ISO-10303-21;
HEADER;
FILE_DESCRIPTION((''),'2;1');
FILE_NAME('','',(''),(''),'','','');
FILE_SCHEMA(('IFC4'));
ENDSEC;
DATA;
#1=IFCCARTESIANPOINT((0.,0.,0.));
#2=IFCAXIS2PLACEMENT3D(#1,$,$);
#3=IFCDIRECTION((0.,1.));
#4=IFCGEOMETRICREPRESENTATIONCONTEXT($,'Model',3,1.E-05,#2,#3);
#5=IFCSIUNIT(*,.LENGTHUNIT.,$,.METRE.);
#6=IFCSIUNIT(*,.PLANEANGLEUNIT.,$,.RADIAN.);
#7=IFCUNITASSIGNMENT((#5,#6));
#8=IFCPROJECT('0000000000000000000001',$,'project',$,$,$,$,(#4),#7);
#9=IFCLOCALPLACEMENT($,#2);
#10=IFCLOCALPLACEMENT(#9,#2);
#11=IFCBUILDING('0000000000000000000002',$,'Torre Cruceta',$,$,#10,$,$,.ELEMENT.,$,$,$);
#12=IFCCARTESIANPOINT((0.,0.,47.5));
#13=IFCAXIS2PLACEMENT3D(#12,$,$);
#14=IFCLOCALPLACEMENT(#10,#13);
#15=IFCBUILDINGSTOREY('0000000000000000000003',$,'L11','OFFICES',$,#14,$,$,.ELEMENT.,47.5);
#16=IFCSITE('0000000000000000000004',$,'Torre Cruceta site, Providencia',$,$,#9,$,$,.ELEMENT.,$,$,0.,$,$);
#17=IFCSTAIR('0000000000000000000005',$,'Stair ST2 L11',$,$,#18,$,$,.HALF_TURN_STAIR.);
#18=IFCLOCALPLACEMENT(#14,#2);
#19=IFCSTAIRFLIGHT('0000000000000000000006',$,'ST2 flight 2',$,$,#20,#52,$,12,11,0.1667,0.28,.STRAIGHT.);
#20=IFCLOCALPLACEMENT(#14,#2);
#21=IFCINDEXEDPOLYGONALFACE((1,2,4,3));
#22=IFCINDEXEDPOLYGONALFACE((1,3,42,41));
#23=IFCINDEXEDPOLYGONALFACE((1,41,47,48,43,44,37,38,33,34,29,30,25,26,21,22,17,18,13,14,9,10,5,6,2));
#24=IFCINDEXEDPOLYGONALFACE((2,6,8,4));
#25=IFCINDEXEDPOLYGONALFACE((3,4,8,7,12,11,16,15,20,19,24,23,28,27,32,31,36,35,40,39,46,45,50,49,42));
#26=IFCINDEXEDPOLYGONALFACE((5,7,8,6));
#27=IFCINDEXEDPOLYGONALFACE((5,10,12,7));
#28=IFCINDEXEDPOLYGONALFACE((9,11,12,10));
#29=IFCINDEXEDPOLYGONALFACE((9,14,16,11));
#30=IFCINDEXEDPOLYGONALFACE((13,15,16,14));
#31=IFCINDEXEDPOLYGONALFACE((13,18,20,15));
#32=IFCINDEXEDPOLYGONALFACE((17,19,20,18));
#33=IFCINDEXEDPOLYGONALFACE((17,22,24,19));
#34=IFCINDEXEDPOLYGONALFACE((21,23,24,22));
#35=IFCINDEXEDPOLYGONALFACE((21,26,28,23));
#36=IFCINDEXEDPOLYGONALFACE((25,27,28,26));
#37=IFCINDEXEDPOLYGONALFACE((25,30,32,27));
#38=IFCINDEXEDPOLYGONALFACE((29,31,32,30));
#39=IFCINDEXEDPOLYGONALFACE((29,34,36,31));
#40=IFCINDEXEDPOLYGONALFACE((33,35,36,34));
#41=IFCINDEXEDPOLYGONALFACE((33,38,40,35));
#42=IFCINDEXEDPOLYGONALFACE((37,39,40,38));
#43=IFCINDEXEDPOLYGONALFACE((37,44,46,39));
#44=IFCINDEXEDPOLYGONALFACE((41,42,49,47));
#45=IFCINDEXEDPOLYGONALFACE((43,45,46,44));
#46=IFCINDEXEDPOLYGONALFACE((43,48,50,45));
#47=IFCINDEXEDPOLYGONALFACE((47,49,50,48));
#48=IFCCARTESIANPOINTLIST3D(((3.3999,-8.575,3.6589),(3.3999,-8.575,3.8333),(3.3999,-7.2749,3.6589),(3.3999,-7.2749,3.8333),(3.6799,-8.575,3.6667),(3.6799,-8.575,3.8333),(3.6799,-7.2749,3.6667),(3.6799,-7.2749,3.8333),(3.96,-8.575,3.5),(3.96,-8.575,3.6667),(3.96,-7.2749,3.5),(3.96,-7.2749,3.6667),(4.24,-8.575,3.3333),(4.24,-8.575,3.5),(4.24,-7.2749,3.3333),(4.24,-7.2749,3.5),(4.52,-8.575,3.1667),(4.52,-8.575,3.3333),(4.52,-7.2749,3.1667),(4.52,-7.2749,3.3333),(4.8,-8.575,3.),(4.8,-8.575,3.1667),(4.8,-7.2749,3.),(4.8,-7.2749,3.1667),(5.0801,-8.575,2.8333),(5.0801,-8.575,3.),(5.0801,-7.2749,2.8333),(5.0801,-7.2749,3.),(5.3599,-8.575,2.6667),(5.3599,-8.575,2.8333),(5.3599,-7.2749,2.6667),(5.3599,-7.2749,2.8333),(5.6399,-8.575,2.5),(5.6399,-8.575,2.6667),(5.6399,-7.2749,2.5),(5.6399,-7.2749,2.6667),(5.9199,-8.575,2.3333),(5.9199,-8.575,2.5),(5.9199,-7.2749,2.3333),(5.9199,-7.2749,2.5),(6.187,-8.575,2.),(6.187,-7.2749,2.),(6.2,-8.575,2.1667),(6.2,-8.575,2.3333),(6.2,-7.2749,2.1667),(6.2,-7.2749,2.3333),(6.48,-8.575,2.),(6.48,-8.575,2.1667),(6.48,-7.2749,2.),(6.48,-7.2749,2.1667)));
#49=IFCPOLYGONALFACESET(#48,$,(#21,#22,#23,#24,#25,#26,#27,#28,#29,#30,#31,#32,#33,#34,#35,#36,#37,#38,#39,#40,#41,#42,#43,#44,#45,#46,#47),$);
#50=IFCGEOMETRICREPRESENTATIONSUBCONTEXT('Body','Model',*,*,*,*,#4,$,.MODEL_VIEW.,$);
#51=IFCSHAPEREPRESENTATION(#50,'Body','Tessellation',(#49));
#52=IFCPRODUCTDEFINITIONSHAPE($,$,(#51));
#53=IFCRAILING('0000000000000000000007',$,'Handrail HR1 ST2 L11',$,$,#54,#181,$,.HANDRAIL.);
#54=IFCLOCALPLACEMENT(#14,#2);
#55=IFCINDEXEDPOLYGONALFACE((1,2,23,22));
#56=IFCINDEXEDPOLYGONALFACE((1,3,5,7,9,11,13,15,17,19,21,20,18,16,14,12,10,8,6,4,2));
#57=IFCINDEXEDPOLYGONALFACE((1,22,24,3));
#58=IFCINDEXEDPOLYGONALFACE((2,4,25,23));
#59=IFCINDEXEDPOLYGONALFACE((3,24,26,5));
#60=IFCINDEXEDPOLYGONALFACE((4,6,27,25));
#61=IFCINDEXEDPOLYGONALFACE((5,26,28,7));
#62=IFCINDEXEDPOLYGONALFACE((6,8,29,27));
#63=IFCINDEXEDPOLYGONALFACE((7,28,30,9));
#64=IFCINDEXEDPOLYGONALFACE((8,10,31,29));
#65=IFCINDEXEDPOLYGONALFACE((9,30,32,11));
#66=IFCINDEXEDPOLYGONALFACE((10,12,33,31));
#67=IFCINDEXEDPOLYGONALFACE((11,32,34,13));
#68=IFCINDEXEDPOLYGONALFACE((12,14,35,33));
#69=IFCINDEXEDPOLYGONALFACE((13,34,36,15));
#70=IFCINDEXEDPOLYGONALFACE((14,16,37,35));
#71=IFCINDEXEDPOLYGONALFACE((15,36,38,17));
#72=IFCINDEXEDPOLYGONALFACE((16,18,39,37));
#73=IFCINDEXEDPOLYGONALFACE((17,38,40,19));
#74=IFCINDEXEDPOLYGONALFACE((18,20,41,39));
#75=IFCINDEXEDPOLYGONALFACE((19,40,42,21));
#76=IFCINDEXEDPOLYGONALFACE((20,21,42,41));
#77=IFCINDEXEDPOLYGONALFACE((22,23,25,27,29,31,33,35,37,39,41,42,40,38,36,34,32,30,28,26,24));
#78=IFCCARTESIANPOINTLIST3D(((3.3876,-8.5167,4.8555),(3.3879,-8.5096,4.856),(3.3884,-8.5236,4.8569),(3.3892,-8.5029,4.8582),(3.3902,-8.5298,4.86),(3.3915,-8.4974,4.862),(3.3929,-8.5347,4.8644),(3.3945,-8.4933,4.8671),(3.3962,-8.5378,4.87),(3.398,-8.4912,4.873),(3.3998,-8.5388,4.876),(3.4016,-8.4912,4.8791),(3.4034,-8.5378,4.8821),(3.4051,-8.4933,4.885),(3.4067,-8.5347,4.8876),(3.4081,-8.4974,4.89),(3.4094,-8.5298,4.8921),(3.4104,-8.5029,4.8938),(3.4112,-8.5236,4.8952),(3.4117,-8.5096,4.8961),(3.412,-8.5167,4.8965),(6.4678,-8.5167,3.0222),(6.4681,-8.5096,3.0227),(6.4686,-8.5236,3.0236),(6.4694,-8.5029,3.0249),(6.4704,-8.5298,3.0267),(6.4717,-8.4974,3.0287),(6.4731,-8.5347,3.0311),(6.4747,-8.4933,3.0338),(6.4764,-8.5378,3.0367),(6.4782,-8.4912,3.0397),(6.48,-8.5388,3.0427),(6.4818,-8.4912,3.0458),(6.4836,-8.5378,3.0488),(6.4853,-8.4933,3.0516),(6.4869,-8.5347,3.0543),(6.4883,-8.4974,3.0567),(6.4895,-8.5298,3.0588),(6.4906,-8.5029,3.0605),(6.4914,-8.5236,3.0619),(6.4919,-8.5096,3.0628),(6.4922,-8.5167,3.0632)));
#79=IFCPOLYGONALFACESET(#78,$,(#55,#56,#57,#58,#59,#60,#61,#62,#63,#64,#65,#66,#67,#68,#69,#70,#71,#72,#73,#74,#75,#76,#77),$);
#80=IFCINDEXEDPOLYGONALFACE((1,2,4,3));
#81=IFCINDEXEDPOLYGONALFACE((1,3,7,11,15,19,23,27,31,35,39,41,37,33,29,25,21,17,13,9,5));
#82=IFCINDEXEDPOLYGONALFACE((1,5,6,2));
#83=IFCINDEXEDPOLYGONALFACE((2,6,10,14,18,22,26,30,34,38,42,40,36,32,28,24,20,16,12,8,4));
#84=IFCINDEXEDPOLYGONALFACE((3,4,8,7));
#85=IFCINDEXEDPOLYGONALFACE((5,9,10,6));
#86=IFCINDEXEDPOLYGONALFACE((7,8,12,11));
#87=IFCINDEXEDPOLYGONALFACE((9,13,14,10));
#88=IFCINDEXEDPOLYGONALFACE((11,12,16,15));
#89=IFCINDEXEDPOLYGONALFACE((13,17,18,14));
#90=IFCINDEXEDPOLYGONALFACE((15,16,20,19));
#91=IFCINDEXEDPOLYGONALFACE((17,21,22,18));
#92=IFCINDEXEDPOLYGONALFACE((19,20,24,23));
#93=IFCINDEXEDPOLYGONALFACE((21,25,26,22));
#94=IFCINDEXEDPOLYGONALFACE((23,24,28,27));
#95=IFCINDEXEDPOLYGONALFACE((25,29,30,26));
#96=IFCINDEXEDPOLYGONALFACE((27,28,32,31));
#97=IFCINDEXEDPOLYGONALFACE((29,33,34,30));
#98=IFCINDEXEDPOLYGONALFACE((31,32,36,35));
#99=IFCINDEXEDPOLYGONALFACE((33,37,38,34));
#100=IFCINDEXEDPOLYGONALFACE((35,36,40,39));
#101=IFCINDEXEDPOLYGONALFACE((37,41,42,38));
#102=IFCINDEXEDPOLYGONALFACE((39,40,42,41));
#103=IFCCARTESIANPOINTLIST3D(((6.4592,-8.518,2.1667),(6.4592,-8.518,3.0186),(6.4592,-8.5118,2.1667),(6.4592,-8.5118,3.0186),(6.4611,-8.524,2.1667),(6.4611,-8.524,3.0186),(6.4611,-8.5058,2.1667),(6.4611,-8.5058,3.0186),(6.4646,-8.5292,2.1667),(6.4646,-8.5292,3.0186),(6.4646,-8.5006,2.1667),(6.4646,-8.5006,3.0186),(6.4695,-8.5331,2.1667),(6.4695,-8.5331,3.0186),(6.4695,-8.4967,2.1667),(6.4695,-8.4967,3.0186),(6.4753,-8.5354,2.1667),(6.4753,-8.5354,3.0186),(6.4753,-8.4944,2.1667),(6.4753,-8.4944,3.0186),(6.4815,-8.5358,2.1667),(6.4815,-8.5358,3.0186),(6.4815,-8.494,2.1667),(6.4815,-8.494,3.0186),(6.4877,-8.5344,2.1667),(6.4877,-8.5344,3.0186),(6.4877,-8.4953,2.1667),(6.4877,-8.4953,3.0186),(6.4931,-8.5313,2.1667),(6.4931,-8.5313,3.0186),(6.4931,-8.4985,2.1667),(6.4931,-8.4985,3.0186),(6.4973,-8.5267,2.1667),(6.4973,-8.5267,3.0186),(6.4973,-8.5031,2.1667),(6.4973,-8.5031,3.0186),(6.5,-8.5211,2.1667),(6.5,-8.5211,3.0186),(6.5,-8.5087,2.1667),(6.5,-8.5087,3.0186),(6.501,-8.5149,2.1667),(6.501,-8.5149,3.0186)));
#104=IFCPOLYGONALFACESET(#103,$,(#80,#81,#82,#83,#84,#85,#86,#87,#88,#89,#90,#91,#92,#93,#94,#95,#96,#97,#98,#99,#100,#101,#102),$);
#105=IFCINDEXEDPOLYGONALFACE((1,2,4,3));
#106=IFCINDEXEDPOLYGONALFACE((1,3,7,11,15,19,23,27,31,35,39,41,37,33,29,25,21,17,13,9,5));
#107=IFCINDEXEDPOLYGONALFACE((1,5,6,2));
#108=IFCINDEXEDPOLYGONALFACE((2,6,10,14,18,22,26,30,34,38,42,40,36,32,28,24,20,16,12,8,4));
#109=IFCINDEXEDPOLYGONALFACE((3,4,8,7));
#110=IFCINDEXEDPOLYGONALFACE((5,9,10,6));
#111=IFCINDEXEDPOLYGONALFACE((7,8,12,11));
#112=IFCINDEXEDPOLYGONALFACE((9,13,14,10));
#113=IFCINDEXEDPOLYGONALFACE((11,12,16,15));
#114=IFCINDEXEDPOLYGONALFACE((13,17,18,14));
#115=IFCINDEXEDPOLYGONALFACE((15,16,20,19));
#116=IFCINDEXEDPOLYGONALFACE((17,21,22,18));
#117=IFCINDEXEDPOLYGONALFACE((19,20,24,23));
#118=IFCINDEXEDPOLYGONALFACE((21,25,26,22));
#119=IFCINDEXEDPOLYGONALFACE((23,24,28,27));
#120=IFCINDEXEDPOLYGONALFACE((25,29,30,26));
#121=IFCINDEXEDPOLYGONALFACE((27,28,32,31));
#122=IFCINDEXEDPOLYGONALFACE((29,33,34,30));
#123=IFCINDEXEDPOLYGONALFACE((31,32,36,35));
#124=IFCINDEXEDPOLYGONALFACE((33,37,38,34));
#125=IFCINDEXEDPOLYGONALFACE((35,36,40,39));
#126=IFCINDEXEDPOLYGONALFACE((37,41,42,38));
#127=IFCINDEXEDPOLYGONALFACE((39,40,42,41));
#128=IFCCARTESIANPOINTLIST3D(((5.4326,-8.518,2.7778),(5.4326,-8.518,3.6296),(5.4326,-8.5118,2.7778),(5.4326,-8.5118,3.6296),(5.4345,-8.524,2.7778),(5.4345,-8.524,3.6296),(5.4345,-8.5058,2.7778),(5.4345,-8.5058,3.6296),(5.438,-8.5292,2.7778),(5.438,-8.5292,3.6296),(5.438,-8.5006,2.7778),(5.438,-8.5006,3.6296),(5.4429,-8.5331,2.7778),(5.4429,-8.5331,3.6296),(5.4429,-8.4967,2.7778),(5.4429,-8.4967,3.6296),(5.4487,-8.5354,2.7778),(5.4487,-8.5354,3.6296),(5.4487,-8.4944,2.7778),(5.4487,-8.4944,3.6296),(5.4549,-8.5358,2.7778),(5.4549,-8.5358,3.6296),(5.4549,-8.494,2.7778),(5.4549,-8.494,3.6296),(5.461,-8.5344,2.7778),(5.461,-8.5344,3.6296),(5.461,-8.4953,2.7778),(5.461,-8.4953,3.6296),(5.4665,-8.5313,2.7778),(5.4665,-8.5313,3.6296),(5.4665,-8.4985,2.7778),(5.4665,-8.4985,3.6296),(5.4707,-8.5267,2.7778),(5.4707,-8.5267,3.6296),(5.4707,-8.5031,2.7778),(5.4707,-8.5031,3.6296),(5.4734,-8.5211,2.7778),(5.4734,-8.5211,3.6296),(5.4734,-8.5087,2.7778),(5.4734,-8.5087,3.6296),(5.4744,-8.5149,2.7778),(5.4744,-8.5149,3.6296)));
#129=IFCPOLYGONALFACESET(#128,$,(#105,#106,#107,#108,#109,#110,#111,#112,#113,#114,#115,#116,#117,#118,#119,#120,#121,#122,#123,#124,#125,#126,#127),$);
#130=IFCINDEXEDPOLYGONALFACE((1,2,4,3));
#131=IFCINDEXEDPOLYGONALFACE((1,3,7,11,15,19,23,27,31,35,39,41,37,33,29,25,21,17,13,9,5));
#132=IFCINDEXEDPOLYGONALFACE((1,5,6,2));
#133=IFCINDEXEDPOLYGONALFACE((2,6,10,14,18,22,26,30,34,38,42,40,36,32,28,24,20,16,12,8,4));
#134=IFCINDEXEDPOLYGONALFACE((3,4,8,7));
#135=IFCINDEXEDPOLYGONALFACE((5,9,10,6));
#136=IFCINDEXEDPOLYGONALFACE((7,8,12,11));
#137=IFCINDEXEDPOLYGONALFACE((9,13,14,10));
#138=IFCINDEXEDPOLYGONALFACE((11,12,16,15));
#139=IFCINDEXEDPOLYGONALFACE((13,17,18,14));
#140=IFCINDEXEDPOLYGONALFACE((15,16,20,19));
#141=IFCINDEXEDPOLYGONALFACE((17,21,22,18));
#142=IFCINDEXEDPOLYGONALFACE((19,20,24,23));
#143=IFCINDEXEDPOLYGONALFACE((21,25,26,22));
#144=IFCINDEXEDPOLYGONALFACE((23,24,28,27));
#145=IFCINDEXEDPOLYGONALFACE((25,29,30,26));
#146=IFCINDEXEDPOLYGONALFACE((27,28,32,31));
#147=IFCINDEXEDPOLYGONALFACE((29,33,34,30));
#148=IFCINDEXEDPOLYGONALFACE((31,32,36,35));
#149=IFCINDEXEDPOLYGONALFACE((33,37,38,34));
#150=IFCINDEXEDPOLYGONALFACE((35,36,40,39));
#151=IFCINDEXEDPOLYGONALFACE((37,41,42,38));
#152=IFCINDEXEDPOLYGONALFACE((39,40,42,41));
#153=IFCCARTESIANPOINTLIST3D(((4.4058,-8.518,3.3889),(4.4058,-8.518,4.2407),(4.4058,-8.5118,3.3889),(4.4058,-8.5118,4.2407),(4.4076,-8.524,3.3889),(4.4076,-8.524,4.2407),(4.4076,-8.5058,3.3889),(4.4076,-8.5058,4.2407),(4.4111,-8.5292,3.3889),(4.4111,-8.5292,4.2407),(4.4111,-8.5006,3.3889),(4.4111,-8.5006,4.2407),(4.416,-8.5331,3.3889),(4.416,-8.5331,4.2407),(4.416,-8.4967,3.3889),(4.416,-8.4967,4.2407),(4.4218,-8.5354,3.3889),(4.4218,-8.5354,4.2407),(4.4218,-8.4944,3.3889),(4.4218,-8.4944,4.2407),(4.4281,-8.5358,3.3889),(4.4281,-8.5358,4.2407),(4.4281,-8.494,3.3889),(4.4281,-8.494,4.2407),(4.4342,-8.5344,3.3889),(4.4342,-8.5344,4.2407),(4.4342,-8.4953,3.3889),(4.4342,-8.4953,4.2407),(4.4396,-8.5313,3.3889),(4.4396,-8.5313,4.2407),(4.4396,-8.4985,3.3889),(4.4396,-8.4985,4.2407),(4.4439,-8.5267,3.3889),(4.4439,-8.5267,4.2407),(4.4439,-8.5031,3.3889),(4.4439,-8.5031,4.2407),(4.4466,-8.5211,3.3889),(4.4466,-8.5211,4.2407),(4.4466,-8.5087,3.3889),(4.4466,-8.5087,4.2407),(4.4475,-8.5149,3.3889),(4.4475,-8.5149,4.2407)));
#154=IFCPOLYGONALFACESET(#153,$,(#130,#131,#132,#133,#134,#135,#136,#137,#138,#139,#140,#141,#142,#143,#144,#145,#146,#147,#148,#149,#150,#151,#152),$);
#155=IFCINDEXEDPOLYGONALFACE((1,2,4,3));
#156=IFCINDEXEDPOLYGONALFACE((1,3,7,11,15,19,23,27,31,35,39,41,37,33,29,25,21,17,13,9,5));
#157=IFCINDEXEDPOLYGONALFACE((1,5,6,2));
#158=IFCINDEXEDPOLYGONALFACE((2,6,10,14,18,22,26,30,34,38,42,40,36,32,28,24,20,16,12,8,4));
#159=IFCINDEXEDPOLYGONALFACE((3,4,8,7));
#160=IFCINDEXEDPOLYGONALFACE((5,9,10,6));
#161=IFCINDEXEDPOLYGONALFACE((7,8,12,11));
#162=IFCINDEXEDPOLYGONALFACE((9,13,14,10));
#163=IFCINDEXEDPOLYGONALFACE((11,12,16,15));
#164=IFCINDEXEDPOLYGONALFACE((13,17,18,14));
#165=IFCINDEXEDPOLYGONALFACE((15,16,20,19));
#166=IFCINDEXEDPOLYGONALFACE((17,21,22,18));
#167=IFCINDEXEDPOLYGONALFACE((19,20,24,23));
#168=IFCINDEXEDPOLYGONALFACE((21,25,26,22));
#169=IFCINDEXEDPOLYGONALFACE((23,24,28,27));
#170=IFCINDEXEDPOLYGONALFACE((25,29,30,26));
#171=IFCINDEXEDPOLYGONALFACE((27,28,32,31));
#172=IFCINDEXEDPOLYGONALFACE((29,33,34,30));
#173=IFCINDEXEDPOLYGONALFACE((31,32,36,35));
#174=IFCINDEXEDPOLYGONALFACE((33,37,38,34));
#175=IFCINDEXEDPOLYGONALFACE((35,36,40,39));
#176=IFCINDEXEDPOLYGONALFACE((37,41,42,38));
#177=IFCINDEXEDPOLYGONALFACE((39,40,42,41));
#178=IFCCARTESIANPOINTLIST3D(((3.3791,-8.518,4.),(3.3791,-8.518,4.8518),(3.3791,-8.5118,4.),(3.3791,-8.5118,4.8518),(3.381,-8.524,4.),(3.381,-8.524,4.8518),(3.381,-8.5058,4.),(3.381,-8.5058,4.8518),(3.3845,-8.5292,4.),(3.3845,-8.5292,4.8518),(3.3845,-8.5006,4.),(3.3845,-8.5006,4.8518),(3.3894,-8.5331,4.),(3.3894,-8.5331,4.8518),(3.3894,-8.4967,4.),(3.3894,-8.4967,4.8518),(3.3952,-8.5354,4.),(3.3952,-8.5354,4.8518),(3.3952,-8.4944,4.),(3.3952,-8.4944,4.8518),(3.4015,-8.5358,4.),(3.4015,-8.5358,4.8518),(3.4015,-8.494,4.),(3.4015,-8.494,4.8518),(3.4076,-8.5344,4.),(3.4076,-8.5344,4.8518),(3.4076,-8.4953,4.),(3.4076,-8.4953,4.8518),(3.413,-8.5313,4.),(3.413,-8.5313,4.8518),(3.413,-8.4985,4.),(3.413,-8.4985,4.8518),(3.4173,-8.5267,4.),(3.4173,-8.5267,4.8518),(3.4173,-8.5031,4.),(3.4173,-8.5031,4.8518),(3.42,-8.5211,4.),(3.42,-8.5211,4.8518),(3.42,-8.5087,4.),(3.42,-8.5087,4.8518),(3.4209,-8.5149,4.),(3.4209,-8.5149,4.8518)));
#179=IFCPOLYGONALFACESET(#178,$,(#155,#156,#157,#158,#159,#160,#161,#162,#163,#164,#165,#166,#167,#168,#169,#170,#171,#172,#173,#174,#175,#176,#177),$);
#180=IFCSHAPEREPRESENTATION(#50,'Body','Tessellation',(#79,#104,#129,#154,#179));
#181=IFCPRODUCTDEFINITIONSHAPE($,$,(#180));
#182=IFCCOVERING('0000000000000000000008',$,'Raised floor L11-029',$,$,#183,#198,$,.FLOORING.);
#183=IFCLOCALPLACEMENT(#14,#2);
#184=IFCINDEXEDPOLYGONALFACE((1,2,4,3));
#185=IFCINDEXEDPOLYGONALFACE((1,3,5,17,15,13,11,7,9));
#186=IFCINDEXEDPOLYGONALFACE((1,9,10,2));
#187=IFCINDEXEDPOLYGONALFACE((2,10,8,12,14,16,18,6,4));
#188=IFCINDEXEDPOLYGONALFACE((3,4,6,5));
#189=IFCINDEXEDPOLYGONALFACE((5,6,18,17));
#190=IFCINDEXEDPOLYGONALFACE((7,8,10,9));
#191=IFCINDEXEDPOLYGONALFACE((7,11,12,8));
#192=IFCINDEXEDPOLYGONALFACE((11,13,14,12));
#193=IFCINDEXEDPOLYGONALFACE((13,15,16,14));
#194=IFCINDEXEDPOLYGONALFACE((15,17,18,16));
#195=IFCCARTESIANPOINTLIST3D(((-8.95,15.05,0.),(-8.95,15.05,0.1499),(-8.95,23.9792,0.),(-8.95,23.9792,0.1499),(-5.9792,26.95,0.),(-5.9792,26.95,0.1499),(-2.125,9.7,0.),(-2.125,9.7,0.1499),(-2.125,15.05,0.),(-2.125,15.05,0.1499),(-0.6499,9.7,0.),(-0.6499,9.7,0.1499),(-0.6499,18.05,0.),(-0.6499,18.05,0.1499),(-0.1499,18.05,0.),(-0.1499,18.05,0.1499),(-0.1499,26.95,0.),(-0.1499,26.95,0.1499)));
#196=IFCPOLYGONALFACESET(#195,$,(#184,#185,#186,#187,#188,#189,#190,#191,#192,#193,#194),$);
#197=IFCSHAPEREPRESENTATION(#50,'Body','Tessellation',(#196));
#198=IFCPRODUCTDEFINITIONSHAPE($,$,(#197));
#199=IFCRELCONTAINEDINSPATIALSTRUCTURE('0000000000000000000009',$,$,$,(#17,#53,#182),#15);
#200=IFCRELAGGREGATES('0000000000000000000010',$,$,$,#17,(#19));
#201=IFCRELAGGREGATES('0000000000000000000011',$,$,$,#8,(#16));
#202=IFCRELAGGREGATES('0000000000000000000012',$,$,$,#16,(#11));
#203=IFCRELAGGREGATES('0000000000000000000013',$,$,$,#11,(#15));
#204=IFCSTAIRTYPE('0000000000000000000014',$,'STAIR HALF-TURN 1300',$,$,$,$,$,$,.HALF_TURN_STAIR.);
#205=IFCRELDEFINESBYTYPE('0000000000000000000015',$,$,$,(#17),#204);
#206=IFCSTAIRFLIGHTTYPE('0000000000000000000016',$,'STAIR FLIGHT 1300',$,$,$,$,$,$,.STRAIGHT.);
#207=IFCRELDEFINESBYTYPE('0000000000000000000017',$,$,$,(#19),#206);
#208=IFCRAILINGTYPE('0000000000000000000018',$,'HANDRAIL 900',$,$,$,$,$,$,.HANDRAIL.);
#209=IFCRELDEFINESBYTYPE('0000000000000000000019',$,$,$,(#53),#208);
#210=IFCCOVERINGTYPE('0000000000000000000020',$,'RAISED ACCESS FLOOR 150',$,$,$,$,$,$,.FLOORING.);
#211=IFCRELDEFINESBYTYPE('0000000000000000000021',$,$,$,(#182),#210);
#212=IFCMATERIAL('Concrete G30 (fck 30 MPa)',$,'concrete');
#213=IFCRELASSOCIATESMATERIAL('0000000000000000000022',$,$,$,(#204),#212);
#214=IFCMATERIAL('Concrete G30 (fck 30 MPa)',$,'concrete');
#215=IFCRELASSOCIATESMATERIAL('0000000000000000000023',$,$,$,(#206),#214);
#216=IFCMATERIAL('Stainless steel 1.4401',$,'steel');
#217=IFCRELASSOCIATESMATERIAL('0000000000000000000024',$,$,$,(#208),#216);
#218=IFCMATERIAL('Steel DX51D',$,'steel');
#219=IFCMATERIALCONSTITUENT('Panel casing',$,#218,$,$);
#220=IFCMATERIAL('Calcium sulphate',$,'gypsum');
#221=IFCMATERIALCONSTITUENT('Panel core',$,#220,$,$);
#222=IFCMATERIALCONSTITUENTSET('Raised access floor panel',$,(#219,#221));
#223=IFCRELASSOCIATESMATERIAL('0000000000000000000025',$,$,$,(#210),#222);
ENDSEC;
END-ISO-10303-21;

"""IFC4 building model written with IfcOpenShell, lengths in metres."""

from ifc_helpers import new_model, si_unit, direction, frame, origin, origin_2d, place, context, subcontext, project, spatial, polyline, circle, outline, extrude, material, constituent, constituent_set, type_object, element, aggregate, save


model = new_model("IFC4")

# Units and contexts
model_context = context("Model", 3, precision=1e-05, world=origin(), true_north=direction((0.0, 1.0)))
body_context = subcontext(model_context, "Body", "Model", "MODEL_VIEW")
ifc_project = project(units=[si_unit("LENGTHUNIT", "METRE"), si_unit("PLANEANGLEUNIT", "RADIAN")], contexts=[model_context])

# Site, building, storey
site_placement = place(None, origin())
site = spatial("IfcSite", under=ifc_project, at=site_placement, Name="Torre Cruceta site, Providencia", CompositionType="ELEMENT", RefElevation=0.0)
building_placement = place(site_placement, origin())
building = spatial("IfcBuilding", under=site, at=building_placement, Name="Torre Cruceta", CompositionType="ELEMENT")
storey_placement = place(building_placement, frame((0.0, 0.0, 47.5)))
storey = spatial("IfcBuildingStorey", under=building, at=storey_placement, Name="L11", Description="OFFICES", CompositionType="ELEMENT", Elevation=47.5)

# Stair, stair flight
ifc_material_1 = material(Name="Concrete G30 (fck 30 MPa)", Category="concrete")
stair_type = type_object("IfcStairType", Name="STAIR HALF-TURN 1300", PredefinedType="HALF_TURN_STAIR", material=ifc_material_1)
stair_placement = place(storey_placement, origin())
stair = element("IfcStair", 1, at=stair_placement, inside=storey, type_object=stair_type, Name="Stair ST2 L11", PredefinedType="HALF_TURN_STAIR")
ifc_material_2 = material(Name="Concrete G30 (fck 30 MPa)", Category="concrete")
stair_flight_type = type_object("IfcStairFlightType", Name="STAIR FLIGHT 1300", PredefinedType="STRAIGHT", material=ifc_material_2)
stair_flight_1_placement = place(storey_placement, frame((6.48, -7.925, 2.0), z_axis=(0.0, 0.0, 1.0), x_axis=(-1.0, 0.0, 0.0)))
stair_flight_1 = element("IfcStairFlight", 2, at=stair_flight_1_placement, type_object=stair_flight_type, Name="ST2 flight 2", NumberOfRisers=12, NumberOfTreads=11, PredefinedType="STRAIGHT", RiserHeight=0.1667, TreadLength=0.28, context=body_context, shape_type="SweptSolid", body=[
    extrude(outline(polyline([(0.0, 0.0), (0.0, 0.1667), (0.28, 0.1667), (0.28, 0.3333), (0.5601, 0.3333), (0.5601, 0.5), (0.8401, 0.5), (0.8401, 0.6667), (1.1201, 0.6667), (1.1201, 0.8333), (1.3999, 0.8333), (1.3999, 1.0), (1.6799, 1.0), (1.6799, 1.1667), (1.96, 1.1667), (1.96, 1.3333), (2.24, 1.3333), (2.24, 1.5), (2.52, 1.5), (2.52, 1.6667), (2.8, 1.6667), (2.8, 1.8333), (3.0801, 1.8333), (3.0801, 2.0), (3.0801, 1.6589), (0.293, 0.0), (0.0, 0.0)])), frame((0.0, 0.6499, 0.0), z_axis=(0.0, -1.0, 0.0), x_axis=(1.0, 0.0, 0.0)), (0.0, 0.0, 1.0), 1.3),
])
aggregate(stair, [stair_flight_1])

# Railing
ifc_material_3 = material(Name="Stainless steel 1.4401", Category="steel")
railing_type = type_object("IfcRailingType", Name="HANDRAIL 900", PredefinedType="HANDRAIL", material=ifc_material_3)
railing_1_placement = place(storey_placement, frame((6.48, -8.5149, 2.1667)))
element("IfcRailing", 3, at=railing_1_placement, inside=storey, type_object=railing_type, Name="Handrail HR1 ST2 L11", PredefinedType="HANDRAIL", context=body_context, shape_type="SweptSolid", body=[
    extrude(circle(Radius=0.0239, at=origin_2d()), frame((0.0, 0.0, 0.876), z_axis=(-0.859309, 0.0, 0.511458), x_axis=(0.0, -1.0, 0.0)), (0.0, 0.0, 1.0), 3.5845),
    extrude(circle(Radius=0.021, at=origin_2d()), origin(), (0.0, 0.0, 1.0), 0.8518),
    extrude(circle(Radius=0.021, at=origin_2d()), frame((-1.0266, 0.0, 0.6111)), (0.0, 0.0, 1.0), 0.8518),
    extrude(circle(Radius=0.021, at=origin_2d()), frame((-2.0535, 0.0, 1.2222)), (0.0, 0.0, 1.0), 0.8518),
    extrude(circle(Radius=0.021, at=origin_2d()), frame((-3.0801, 0.0, 1.8333)), (0.0, 0.0, 1.0), 0.8518),
])

# Covering
ifc_material_4 = material(Name="Steel DX51D", Category="steel")
ifc_constituent_1 = constituent(ifc_material_4, Name="Panel casing")
ifc_material_5 = material(Name="Calcium sulphate", Category="gypsum")
ifc_constituent_2 = constituent(ifc_material_5, Name="Panel core")
ifc_constituent_set_1 = constituent_set(constituents=[ifc_constituent_1, ifc_constituent_2], Name="Raised access floor panel")
covering_type_1 = type_object("IfcCoveringType", Name="RAISED ACCESS FLOOR 150", PredefinedType="FLOORING", material=ifc_constituent_set_1)
covering_1_placement = place(storey_placement, origin())
element("IfcCovering", 4, at=covering_1_placement, inside=storey, type_object=covering_type_1, Name="Raised floor L11-029", PredefinedType="FLOORING", context=body_context, shape_type="SweptSolid", body=[
    extrude(outline(polyline([(-0.1499, 26.95), (-0.1499, 18.05), (-0.6499, 18.05), (-0.6499, 9.7), (-2.125, 9.7), (-2.125, 15.05), (-8.95, 15.05), (-8.95, 23.9792), (-5.9792, 26.95), (-0.1499, 26.95)])), origin(), (0.0, 0.0, 1.0), 0.1499),
])

save(model, "model.ifc")
